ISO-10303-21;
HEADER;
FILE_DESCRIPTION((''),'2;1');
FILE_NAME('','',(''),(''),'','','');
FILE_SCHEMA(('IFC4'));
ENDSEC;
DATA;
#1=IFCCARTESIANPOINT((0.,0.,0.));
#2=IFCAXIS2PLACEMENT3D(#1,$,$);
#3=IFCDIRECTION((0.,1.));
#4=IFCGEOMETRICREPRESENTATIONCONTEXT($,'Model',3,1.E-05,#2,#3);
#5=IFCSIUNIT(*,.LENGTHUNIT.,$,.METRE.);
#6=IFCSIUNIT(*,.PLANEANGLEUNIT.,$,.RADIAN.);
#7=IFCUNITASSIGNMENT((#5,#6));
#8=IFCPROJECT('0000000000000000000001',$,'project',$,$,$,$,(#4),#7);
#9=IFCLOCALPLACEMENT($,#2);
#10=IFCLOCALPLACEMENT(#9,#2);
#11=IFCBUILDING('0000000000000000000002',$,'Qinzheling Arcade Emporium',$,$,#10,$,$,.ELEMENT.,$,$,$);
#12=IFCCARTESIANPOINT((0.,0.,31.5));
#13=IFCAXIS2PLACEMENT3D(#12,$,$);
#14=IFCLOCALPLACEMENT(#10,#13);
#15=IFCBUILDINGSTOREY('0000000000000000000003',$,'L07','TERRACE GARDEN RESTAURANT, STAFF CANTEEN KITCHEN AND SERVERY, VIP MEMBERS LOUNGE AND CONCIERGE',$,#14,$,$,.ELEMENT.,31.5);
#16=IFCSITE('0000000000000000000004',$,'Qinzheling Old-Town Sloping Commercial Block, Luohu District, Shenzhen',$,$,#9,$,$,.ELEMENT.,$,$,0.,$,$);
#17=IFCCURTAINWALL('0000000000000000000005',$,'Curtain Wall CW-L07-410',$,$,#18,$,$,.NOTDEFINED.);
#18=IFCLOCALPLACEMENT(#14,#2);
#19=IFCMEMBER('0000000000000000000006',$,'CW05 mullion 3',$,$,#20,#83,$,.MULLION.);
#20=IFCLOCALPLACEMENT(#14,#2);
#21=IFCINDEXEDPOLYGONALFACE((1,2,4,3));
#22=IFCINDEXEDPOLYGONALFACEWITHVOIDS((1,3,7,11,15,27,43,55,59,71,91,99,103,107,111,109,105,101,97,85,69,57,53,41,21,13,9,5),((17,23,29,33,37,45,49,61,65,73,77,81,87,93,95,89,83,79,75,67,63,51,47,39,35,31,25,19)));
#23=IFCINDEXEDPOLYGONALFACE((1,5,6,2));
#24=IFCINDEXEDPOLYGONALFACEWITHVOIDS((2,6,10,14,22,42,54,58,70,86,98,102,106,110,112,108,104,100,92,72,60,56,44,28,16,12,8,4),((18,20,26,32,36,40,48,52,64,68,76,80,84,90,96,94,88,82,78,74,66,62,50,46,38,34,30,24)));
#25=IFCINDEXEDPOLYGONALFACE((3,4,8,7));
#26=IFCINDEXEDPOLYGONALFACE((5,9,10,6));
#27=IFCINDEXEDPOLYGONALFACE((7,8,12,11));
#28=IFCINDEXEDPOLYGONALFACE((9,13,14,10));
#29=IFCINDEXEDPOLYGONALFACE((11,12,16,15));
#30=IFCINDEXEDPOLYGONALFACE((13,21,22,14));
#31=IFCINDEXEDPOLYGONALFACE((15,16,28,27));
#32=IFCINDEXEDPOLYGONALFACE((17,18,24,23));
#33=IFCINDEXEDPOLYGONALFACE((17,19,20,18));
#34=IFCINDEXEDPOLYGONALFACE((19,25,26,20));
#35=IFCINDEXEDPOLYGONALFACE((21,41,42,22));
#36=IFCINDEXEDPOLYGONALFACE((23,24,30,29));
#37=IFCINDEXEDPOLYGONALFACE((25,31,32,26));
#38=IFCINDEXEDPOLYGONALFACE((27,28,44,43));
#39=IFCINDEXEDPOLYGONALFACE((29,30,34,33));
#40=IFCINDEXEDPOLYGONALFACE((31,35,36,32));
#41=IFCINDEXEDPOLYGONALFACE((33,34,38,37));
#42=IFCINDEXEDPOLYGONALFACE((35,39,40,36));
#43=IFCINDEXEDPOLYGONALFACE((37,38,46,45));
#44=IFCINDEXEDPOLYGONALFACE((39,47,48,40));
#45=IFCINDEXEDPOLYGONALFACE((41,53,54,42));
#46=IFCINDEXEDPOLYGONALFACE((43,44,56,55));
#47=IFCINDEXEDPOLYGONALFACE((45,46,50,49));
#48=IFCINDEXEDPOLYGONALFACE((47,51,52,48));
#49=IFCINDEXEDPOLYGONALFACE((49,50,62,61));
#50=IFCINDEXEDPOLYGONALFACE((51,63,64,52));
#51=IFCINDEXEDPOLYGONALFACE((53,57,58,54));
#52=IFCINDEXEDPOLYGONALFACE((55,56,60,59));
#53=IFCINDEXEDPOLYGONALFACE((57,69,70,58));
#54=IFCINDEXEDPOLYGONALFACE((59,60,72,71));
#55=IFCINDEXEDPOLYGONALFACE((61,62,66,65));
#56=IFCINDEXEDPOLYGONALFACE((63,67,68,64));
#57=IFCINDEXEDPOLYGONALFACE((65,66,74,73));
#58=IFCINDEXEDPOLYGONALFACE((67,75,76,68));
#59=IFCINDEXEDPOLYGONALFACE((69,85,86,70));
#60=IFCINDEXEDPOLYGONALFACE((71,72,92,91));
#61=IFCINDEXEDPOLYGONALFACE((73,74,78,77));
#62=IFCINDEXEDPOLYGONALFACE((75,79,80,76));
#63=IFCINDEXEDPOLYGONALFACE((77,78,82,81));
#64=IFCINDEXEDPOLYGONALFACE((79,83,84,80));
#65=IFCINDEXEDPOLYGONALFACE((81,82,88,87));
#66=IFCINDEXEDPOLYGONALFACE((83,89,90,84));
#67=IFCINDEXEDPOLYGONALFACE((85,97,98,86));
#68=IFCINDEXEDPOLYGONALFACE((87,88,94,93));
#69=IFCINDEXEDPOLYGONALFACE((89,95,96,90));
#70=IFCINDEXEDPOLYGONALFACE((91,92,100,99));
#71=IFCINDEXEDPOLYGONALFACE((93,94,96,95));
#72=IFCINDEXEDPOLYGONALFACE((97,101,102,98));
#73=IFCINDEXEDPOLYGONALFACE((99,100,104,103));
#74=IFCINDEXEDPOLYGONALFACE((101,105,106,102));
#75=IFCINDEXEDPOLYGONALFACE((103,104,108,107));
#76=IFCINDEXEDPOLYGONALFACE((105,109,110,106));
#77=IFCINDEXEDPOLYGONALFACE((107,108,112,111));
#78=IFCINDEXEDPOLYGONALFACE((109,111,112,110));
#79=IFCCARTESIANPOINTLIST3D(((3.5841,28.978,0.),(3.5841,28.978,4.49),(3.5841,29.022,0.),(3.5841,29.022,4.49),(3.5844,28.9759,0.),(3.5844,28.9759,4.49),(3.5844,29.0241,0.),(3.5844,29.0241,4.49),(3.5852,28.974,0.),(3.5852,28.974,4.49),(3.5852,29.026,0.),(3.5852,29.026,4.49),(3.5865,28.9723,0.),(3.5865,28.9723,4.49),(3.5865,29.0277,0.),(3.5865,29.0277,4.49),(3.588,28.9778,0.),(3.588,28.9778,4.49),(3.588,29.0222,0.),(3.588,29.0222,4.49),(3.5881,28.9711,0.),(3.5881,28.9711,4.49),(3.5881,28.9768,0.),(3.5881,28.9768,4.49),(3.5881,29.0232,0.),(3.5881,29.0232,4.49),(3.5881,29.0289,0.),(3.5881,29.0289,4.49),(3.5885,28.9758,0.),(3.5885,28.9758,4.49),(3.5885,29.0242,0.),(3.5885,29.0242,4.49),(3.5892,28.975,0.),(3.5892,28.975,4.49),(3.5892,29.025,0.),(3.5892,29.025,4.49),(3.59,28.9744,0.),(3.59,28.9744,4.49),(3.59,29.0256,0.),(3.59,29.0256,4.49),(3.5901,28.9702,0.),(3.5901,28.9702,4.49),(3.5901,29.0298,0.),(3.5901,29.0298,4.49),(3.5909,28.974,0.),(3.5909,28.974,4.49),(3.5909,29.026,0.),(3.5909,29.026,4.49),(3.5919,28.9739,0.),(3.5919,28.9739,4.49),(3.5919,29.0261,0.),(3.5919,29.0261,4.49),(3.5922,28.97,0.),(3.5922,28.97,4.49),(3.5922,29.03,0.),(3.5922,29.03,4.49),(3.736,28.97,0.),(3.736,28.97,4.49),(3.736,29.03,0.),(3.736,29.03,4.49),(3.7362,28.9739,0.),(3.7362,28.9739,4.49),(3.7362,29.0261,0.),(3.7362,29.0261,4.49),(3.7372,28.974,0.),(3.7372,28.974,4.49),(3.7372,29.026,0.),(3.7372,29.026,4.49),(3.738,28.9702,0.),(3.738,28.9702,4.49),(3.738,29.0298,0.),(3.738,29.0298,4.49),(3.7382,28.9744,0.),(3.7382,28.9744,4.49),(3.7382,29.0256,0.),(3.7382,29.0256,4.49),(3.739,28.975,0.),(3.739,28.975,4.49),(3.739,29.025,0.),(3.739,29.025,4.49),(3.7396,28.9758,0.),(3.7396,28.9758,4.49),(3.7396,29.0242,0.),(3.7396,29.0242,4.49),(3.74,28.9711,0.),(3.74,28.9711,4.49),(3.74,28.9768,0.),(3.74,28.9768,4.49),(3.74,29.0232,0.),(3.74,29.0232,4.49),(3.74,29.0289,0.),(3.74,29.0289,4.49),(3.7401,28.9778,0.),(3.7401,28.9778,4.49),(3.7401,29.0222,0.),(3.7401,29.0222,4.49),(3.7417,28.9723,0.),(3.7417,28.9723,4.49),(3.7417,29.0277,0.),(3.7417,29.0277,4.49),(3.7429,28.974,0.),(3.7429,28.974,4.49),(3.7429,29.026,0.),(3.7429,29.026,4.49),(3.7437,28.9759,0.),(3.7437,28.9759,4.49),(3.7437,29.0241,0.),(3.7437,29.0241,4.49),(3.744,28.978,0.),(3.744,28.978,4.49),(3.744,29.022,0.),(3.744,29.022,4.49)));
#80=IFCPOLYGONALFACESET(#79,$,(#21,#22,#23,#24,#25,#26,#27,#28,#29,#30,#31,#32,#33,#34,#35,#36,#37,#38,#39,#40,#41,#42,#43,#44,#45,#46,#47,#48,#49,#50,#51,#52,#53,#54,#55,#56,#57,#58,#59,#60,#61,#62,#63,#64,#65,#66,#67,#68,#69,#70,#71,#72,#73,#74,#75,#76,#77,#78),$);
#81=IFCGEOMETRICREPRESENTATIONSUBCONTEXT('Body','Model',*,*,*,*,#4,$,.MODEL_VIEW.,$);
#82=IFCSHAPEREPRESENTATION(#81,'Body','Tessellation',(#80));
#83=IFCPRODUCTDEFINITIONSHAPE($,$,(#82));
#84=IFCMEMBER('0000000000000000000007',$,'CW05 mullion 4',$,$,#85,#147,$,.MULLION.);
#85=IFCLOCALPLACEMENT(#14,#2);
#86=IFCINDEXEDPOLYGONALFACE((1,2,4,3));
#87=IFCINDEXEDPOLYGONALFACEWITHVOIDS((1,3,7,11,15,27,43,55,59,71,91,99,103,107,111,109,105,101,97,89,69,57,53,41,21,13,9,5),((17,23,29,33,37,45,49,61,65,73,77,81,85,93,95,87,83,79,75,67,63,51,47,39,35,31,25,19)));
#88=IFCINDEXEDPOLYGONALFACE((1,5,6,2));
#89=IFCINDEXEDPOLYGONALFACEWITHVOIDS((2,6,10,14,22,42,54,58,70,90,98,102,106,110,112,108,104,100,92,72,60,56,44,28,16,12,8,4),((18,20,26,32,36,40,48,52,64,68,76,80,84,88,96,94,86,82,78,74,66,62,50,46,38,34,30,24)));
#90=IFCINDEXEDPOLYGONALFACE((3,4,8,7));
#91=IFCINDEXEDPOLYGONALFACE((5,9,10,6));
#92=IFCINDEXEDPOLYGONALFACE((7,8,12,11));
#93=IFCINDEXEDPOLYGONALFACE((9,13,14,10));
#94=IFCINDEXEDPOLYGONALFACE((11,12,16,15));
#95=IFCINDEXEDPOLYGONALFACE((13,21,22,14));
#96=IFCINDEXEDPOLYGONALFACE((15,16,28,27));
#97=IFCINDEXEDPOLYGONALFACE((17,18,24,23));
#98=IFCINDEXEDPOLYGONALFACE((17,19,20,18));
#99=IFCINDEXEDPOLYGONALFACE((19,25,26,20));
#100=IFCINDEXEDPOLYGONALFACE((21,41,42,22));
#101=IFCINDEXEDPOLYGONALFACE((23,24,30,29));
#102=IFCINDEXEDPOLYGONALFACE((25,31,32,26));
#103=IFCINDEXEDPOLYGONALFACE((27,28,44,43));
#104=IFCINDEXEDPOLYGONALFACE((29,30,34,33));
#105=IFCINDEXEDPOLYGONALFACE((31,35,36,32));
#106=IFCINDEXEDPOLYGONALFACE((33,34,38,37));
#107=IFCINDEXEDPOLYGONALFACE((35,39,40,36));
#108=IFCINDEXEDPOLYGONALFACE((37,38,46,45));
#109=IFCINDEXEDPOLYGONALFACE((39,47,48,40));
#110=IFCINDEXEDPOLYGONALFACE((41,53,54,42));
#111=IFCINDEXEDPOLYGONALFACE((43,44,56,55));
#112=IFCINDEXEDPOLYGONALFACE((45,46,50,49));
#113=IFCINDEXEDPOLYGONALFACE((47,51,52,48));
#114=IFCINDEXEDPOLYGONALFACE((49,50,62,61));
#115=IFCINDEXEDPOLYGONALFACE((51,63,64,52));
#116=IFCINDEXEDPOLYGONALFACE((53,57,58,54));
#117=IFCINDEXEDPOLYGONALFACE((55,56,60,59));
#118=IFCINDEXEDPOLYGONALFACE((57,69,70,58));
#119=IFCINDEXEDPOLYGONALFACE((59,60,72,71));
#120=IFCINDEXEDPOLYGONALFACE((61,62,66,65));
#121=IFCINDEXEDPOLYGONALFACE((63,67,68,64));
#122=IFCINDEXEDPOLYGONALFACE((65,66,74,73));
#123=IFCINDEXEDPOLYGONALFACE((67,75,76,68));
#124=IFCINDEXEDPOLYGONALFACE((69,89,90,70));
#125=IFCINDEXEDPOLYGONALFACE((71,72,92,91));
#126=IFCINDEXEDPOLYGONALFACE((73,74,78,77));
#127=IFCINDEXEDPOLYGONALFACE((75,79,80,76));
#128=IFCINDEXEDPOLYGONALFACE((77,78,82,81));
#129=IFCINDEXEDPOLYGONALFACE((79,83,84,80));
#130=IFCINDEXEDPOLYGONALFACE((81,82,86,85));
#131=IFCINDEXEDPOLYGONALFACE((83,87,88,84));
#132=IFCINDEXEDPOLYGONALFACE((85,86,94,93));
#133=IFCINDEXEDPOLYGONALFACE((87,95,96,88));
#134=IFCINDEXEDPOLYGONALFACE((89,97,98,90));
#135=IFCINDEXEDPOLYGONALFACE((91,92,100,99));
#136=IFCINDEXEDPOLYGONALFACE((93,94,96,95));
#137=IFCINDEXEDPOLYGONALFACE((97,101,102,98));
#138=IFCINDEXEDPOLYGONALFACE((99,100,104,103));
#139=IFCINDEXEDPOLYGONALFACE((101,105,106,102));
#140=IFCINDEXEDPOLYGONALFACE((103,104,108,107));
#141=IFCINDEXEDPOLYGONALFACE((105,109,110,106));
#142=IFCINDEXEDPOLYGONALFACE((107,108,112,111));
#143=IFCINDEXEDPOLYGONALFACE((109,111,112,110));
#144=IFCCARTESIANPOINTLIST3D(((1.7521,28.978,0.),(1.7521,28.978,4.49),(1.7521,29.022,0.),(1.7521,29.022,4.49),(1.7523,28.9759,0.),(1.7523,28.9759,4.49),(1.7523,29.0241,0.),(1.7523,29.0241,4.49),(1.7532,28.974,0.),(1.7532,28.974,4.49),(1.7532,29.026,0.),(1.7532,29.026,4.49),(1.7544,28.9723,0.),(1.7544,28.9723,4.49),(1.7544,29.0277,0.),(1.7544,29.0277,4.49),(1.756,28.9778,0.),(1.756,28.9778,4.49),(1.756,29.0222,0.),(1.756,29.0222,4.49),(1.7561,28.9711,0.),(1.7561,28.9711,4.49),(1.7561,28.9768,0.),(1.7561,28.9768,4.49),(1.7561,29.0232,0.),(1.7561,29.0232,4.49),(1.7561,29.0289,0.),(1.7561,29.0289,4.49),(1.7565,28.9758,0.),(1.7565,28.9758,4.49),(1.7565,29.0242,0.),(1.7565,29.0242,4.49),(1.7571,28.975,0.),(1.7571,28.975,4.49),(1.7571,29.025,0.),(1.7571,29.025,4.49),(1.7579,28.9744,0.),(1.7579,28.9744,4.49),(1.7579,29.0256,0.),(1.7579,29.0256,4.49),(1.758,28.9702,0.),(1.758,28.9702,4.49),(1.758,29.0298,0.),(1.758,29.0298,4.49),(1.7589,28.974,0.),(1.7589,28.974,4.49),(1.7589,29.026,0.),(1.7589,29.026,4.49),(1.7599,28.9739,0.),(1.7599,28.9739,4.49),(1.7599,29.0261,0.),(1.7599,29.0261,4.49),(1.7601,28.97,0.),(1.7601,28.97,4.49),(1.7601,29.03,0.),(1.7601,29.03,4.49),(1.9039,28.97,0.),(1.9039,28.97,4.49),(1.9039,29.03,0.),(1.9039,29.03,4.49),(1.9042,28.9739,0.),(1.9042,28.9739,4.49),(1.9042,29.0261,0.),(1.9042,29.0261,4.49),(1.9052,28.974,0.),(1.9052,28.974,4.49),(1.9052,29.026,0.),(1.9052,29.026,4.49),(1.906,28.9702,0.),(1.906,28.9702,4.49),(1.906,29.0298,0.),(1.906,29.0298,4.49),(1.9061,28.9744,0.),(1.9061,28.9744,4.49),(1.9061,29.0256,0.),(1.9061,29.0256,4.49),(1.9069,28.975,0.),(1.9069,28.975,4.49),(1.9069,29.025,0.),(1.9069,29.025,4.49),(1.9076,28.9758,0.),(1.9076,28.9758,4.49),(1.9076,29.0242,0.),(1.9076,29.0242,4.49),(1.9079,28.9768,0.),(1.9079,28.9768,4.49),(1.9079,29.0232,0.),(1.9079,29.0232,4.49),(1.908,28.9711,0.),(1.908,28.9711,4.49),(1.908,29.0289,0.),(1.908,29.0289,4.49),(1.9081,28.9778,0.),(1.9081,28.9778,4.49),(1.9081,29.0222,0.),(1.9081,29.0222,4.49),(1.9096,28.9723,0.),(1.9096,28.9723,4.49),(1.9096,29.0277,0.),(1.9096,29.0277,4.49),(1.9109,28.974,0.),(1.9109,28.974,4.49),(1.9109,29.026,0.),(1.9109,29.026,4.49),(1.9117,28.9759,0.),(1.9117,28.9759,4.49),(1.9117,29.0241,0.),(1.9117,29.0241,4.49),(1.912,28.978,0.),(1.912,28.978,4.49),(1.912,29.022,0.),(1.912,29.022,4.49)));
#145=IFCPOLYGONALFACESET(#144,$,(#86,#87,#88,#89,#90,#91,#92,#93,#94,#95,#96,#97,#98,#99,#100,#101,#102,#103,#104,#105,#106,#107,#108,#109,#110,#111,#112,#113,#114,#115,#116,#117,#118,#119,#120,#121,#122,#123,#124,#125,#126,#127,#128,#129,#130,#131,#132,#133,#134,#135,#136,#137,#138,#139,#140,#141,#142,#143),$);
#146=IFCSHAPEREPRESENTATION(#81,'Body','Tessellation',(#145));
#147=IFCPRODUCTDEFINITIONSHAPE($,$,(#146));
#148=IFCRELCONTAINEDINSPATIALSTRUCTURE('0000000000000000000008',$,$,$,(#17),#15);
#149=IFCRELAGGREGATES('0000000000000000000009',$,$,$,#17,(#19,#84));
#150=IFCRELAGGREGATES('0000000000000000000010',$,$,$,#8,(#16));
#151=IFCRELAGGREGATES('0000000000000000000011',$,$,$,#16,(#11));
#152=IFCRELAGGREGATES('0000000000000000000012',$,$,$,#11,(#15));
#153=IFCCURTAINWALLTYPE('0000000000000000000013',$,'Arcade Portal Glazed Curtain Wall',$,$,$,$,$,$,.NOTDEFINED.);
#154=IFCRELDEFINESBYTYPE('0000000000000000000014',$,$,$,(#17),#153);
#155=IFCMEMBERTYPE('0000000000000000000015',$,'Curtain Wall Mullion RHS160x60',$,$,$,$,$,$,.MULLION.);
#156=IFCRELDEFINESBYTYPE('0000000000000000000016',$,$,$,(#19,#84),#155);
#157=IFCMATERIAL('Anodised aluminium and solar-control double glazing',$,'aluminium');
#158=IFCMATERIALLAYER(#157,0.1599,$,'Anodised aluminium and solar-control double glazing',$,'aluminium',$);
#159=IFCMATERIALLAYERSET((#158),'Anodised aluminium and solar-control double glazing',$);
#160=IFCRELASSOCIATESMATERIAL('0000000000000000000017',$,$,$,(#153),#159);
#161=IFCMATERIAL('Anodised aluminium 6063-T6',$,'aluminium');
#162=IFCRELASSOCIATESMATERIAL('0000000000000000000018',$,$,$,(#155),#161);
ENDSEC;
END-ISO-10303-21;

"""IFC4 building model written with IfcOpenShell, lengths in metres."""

from ifc_helpers import new_model, si_unit, direction, frame, origin, origin_2d, place, context, subcontext, project, spatial, hollow_rectangle, extrude, material, layer, layer_set, material_profile, profile_set, type_object, element, aggregate, save


model = new_model("IFC4")

# Units and contexts
model_context = context("Model", 3, precision=1e-05, world=origin(), true_north=direction((0.0, 1.0)))
body_context = subcontext(model_context, "Body", "Model", "MODEL_VIEW")
ifc_project = project(units=[si_unit("LENGTHUNIT", "METRE"), si_unit("PLANEANGLEUNIT", "RADIAN")], contexts=[model_context])

# Site, building, storey
site_placement = place(None, origin())
site = spatial("IfcSite", under=ifc_project, at=site_placement, Name="Qinzheling Old-Town Sloping Commercial Block, Luohu District, Shenzhen", CompositionType="ELEMENT", RefElevation=0.0)
building_placement = place(site_placement, origin())
building = spatial("IfcBuilding", under=site, at=building_placement, Name="Qinzheling Arcade Emporium", CompositionType="ELEMENT")
storey_placement = place(building_placement, frame((0.0, 0.0, 31.5)))
storey = spatial("IfcBuildingStorey", under=building, at=storey_placement, Name="L07", Description="TERRACE GARDEN RESTAURANT, STAFF CANTEEN KITCHEN AND SERVERY, VIP MEMBERS LOUNGE AND CONCIERGE", CompositionType="ELEMENT", Elevation=31.5)

# Curtain wall, members
ifc_material_1 = material(Name="Anodised aluminium and solar-control double glazing", Category="aluminium")
ifc_layer_1 = layer(ifc_material_1, 0.1599, Name="Anodised aluminium and solar-control double glazing", Category="aluminium")
ifc_layer_set_1 = layer_set([ifc_layer_1], Name="Anodised aluminium and solar-control double glazing")
curtain_wall_type = type_object("IfcCurtainWallType", Name="Arcade Portal Glazed Curtain Wall", PredefinedType="NOTDEFINED", material=ifc_layer_set_1)
curtain_wall_placement = place(storey_placement, origin())
curtain_wall = element("IfcCurtainWall", 1, at=curtain_wall_placement, inside=storey, type_object=curtain_wall_type, Name="Curtain Wall CW-L07-410", PredefinedType="NOTDEFINED")
ifc_material_2 = material(Name="Anodised aluminium 6063-T6", Category="aluminium")
ifc_material_profile_1 = material_profile(ifc_material_2, hollow_rectangle(XDim=0.0601, YDim=0.1599, WallThickness=0.0039, InnerFilletRadius=0.0039, OuterFilletRadius=0.0081, at=origin_2d()), Name="RHS 160x60x4", Category="aluminium")
ifc_profile_set_1 = profile_set([ifc_material_profile_1], Name="Anodised aluminium 6063-T6")
member_type_1 = type_object("IfcMemberType", Name="Curtain Wall Mullion RHS160x60", PredefinedType="MULLION", material=ifc_profile_set_1)
member_1_placement = place(storey_placement, frame((3.6641, 29.0, 0.0), z_axis=(0.0, 0.0, 1.0), x_axis=(0.0, -1.0, 0.0)))
member_1 = element("IfcMember", 2, at=member_1_placement, type_object=member_type_1, Name="CW05 mullion 3", PredefinedType="MULLION", context=body_context, shape_type="SweptSolid", body=[
    extrude(hollow_rectangle(XDim=0.0601, YDim=0.1599, WallThickness=0.0039, InnerFilletRadius=0.0039, OuterFilletRadius=0.0081, at=origin_2d()), origin(), (0.0, 0.0, 1.0), 4.49),
])
member_2_placement = place(storey_placement, frame((1.832, 29.0, 0.0), z_axis=(0.0, 0.0, 1.0), x_axis=(0.0, -1.0, 0.0)))
member_2 = element("IfcMember", 3, at=member_2_placement, type_object=member_type_1, Name="CW05 mullion 4", PredefinedType="MULLION", context=body_context, shape_type="SweptSolid", body=[
    extrude(hollow_rectangle(XDim=0.0601, YDim=0.1599, WallThickness=0.0039, InnerFilletRadius=0.0039, OuterFilletRadius=0.0081, at=origin_2d()), origin(), (0.0, 0.0, 1.0), 4.49),
])
aggregate(curtain_wall, [member_1, member_2])

save(model, "model.ifc")
